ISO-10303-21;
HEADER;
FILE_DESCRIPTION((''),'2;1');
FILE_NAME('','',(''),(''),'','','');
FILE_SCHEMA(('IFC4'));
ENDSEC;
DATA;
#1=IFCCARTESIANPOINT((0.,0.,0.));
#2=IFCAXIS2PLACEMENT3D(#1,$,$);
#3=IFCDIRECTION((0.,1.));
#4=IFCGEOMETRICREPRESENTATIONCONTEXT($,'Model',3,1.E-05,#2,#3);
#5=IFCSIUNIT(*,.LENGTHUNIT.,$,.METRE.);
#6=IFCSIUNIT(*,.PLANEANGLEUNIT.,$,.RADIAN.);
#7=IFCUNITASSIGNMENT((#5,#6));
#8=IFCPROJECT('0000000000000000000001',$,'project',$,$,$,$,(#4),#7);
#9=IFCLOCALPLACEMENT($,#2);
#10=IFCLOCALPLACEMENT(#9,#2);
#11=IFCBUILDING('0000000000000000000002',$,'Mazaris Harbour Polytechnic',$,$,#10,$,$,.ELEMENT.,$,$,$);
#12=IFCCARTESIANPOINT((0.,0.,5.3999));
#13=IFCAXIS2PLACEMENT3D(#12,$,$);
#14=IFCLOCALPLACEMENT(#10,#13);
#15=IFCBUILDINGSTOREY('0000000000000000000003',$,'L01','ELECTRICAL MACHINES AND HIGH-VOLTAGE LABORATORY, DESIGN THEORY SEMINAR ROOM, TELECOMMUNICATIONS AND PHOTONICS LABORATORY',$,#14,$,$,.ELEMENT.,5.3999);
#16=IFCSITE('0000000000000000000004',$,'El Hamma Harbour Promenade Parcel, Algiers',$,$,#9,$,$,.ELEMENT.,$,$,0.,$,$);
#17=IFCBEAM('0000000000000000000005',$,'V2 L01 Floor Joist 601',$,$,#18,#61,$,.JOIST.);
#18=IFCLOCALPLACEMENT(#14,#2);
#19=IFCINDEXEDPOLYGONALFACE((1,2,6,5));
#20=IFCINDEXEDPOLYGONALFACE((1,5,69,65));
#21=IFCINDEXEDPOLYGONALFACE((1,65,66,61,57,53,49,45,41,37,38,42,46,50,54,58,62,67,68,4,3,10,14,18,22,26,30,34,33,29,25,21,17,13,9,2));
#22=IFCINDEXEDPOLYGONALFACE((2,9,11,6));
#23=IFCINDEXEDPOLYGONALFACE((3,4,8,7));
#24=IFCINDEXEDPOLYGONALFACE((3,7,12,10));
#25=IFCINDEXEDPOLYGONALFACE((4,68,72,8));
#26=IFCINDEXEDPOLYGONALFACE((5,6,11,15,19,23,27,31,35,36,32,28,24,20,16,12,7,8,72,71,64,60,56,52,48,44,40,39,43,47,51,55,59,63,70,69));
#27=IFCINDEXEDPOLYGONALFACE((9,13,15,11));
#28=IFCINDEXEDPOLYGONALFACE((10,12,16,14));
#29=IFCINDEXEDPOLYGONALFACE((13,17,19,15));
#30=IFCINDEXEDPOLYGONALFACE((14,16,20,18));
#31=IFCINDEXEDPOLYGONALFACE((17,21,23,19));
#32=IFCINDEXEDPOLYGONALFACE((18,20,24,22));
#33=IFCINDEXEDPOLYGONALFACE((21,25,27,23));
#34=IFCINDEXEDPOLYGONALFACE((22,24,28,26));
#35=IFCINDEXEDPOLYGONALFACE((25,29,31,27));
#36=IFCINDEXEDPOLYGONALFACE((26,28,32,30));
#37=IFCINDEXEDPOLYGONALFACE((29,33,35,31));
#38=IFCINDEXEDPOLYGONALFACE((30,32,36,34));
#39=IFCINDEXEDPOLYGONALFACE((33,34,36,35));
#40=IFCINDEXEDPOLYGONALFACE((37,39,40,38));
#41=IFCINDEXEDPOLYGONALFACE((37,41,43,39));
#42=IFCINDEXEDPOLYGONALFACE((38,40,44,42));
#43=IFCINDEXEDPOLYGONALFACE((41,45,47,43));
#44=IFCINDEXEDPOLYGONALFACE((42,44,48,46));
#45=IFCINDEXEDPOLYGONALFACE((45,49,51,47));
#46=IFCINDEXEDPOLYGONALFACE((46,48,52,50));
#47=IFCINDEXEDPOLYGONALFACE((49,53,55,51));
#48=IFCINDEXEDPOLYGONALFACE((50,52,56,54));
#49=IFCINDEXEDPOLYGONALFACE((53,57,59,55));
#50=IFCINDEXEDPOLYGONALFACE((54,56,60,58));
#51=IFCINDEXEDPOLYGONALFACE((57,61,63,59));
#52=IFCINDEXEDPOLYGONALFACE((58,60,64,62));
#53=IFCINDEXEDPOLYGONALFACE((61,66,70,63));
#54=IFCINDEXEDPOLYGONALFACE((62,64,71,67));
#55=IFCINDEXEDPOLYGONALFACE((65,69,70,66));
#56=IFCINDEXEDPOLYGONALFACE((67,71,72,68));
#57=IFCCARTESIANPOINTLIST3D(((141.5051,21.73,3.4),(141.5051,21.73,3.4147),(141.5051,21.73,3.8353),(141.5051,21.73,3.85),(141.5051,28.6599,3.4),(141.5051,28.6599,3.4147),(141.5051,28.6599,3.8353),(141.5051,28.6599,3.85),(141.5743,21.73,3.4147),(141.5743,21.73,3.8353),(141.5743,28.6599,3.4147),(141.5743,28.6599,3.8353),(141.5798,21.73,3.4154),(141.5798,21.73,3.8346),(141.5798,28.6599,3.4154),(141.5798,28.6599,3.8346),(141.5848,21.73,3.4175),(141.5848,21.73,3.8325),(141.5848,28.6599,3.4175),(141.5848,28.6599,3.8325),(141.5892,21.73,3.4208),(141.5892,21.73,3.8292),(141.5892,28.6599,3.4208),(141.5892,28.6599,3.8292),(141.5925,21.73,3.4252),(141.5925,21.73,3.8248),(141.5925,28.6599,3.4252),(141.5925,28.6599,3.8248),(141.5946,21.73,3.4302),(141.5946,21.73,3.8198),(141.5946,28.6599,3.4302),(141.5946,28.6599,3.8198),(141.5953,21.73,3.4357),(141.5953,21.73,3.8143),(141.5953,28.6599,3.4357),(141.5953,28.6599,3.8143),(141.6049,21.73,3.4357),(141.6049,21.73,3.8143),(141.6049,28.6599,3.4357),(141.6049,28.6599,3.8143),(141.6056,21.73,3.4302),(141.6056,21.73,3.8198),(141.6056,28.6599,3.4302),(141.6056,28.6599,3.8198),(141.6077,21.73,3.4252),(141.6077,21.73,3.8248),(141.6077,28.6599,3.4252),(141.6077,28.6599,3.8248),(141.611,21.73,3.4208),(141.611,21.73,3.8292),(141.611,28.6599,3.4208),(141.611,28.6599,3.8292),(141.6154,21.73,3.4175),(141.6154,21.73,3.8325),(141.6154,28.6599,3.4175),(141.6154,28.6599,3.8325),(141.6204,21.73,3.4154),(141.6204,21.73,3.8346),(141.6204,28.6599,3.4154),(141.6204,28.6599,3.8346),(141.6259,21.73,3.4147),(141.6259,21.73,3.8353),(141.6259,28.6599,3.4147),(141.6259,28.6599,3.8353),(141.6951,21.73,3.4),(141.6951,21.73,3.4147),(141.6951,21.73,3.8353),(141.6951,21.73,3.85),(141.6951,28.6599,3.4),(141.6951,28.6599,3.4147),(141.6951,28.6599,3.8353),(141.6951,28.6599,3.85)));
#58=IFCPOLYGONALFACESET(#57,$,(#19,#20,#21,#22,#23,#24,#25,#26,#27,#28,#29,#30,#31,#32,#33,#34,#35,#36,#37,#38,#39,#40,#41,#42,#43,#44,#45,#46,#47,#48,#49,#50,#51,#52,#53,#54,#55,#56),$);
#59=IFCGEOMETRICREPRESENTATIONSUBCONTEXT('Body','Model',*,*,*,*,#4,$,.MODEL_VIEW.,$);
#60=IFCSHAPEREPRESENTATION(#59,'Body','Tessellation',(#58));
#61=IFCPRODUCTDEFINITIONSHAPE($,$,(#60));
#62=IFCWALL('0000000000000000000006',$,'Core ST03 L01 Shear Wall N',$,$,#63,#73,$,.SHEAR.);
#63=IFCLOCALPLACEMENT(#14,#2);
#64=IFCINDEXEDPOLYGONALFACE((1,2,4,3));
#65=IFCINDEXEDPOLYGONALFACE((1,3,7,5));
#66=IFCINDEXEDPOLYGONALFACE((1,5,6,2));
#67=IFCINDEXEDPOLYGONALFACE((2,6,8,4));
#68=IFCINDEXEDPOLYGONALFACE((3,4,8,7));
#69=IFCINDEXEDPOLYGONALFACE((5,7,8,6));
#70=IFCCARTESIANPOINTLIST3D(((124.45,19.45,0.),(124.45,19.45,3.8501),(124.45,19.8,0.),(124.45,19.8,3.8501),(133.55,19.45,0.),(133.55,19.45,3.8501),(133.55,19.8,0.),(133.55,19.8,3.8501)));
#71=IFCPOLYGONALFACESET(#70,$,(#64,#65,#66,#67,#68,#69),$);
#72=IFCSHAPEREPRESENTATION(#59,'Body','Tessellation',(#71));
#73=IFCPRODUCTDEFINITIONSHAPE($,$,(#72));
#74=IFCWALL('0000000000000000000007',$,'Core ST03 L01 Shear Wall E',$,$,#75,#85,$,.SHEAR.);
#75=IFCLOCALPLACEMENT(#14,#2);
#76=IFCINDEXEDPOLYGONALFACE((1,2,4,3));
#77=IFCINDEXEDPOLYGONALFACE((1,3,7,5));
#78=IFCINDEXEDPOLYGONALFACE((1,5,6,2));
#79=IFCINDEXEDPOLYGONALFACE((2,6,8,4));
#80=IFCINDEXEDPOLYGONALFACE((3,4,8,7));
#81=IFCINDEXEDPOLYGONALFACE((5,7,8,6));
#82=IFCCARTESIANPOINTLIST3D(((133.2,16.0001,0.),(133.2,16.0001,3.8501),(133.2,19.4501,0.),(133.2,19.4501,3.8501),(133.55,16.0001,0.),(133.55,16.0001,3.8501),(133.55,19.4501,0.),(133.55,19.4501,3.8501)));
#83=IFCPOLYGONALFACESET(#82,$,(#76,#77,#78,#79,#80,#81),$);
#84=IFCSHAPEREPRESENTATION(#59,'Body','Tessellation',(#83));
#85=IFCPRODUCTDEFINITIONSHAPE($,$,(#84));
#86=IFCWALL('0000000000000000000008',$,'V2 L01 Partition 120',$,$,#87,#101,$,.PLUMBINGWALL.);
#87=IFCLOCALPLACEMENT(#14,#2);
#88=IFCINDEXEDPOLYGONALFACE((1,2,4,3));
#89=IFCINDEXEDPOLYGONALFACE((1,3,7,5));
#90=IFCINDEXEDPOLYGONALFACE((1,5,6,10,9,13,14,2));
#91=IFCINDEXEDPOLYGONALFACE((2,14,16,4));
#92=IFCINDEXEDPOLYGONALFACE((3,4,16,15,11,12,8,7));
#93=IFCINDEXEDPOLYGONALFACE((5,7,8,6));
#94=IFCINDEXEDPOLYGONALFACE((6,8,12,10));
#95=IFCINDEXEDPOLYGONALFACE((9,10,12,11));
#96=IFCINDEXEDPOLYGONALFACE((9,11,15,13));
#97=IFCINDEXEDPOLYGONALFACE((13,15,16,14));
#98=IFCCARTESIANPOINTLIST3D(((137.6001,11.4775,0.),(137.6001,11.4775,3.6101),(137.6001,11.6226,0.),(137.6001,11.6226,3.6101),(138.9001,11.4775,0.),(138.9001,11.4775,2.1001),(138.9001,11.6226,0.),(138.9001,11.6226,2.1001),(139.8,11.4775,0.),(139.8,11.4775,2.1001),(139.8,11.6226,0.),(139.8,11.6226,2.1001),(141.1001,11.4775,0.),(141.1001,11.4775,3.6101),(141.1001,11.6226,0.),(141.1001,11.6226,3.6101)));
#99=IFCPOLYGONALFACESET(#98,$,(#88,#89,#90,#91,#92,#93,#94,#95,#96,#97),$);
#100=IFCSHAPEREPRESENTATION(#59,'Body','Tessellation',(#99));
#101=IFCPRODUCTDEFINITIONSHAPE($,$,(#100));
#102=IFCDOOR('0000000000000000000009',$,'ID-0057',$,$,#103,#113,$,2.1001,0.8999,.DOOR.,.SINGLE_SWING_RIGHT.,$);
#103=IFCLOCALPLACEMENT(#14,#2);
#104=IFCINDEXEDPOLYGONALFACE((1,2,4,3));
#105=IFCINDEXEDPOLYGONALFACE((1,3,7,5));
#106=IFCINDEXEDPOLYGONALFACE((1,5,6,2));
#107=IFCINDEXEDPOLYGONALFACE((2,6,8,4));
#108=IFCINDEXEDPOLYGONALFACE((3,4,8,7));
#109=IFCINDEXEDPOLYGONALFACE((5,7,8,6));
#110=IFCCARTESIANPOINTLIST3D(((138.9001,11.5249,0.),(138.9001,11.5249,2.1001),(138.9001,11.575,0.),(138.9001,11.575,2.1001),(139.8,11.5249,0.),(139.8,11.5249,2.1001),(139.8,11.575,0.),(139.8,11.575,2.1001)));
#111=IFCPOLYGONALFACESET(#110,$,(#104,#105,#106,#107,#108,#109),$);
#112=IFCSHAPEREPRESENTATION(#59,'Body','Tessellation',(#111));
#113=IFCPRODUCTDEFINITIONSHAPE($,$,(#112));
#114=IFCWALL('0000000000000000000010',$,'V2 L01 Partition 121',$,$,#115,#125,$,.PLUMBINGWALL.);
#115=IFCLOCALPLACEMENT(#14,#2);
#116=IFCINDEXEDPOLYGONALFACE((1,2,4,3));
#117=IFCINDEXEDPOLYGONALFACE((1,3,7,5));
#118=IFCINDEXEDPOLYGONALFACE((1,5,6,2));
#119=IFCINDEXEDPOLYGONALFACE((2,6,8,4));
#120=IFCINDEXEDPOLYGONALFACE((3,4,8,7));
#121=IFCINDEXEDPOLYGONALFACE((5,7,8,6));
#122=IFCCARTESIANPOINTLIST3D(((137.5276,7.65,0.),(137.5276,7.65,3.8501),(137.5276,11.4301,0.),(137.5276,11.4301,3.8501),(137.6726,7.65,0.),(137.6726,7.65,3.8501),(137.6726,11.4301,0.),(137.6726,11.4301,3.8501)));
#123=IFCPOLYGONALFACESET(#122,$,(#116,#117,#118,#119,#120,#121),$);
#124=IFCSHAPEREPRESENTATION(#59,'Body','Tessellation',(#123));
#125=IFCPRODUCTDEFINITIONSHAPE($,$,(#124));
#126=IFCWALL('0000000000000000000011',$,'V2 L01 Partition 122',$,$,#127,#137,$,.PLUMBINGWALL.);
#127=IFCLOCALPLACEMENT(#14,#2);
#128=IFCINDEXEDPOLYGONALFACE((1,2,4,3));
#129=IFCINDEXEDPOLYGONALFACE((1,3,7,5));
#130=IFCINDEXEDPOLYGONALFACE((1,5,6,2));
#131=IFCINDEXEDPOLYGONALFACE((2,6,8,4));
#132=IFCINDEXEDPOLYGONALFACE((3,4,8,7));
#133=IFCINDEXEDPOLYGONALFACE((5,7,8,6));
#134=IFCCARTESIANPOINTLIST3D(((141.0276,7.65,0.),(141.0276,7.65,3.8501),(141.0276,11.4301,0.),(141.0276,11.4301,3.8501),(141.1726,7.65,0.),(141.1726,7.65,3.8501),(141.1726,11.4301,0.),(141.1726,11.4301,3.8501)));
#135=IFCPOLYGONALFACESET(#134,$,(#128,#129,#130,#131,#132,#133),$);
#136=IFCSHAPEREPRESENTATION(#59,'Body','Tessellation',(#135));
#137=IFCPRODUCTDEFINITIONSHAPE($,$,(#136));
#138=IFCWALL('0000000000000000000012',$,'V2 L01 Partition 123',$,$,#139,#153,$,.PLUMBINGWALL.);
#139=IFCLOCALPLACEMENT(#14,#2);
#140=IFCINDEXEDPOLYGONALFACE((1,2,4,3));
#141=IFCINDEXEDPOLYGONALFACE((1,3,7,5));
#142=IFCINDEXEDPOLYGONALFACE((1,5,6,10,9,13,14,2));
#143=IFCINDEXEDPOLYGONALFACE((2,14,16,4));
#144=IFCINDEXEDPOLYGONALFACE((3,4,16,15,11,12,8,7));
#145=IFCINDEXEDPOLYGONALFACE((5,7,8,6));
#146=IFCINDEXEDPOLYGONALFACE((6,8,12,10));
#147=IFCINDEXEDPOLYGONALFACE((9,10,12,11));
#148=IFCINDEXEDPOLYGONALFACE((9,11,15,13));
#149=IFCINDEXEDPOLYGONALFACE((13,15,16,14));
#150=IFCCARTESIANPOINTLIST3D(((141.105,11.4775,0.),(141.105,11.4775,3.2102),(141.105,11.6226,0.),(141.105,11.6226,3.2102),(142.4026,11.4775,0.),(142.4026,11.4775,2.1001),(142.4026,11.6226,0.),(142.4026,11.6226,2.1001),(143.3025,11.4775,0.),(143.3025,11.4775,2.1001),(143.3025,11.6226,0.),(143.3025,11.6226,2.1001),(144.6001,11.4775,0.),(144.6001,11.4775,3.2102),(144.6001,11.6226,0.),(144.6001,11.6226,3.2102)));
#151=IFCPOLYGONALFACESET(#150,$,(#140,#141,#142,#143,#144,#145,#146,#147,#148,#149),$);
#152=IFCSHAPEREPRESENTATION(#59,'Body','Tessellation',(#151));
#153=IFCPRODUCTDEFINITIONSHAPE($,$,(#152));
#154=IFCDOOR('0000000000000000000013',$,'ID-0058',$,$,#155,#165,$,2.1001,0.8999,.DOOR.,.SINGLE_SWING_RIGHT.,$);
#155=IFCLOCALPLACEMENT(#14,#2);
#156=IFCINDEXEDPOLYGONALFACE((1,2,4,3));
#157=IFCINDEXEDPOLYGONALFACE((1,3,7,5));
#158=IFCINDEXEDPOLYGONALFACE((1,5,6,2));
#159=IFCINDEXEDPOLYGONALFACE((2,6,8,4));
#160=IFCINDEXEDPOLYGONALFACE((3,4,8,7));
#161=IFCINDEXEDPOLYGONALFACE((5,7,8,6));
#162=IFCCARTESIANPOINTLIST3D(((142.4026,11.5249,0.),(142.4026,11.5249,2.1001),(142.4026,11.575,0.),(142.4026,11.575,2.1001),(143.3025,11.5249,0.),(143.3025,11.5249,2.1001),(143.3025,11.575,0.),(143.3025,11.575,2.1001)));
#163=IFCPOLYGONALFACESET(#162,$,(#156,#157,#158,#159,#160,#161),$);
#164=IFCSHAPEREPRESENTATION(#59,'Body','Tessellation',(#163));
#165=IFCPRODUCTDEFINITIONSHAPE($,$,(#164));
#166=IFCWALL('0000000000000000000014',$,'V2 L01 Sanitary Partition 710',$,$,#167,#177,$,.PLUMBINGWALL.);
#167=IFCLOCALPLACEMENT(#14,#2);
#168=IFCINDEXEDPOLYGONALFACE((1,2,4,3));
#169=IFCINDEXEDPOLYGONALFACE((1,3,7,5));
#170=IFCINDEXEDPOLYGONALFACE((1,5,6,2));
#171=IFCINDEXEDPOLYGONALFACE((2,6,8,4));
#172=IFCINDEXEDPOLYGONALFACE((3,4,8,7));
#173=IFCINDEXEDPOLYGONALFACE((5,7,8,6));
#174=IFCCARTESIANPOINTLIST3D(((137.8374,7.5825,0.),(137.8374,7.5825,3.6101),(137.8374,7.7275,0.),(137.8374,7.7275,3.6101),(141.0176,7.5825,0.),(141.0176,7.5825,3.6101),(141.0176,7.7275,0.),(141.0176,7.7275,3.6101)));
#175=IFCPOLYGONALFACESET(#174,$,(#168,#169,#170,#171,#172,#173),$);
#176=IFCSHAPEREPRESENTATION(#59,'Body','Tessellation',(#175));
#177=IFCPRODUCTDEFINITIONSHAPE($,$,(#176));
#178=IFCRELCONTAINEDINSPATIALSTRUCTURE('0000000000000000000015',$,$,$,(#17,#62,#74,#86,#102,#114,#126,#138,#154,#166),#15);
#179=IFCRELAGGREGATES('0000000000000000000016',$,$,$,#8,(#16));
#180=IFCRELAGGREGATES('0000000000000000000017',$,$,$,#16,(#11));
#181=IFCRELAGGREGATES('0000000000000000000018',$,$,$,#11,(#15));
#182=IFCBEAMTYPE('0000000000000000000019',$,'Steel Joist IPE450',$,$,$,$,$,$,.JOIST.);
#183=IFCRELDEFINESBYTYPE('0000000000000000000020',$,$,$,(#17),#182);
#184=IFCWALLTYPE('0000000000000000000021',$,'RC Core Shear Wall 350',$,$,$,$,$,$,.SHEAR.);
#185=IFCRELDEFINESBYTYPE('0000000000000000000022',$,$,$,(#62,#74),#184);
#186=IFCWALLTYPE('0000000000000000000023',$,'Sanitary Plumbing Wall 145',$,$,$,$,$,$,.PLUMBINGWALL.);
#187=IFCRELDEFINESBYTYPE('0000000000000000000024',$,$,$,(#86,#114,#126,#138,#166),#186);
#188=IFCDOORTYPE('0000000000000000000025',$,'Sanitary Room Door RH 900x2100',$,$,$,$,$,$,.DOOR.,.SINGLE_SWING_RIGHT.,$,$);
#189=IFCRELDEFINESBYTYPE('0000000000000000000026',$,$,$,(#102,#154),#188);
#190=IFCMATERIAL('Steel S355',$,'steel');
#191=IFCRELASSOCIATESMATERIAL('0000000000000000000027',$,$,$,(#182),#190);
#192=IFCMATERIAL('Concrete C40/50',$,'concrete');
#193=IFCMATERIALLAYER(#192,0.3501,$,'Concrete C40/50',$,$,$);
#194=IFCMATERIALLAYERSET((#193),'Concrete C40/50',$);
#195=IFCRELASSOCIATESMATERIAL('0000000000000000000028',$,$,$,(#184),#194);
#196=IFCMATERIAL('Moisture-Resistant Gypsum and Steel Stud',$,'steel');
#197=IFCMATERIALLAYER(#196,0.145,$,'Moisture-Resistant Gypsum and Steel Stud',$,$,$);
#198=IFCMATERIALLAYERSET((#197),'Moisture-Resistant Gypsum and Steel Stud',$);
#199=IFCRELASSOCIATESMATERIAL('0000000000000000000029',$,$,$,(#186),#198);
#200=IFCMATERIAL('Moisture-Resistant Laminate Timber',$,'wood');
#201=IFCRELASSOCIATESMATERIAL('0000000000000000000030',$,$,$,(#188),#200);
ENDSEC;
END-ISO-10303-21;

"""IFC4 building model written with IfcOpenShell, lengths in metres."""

from ifc_helpers import new_model, si_unit, direction, frame, frame_2d, origin, origin_2d, place, context, subcontext, project, spatial, rectangle, i_section, extrude, material, layer, layer_set, material_profile, profile_set, type_object, element, fill, save


model = new_model("IFC4")

# Units and contexts
model_context = context("Model", 3, precision=1e-05, world=origin(), true_north=direction((0.0, 1.0)))
body_context = subcontext(model_context, "Body", "Model", "MODEL_VIEW")
ifc_project = project(units=[si_unit("LENGTHUNIT", "METRE"), si_unit("PLANEANGLEUNIT", "RADIAN")], contexts=[model_context])

# Site, building, storey
site_placement = place(None, origin())
site = spatial("IfcSite", under=ifc_project, at=site_placement, Name="El Hamma Harbour Promenade Parcel, Algiers", CompositionType="ELEMENT", RefElevation=0.0)
building_placement = place(site_placement, origin())
building = spatial("IfcBuilding", under=site, at=building_placement, Name="Mazaris Harbour Polytechnic", CompositionType="ELEMENT")
storey_placement = place(building_placement, frame((0.0, 0.0, 5.3999)))
storey = spatial("IfcBuildingStorey", under=building, at=storey_placement, Name="L01", Description="ELECTRICAL MACHINES AND HIGH-VOLTAGE LABORATORY, DESIGN THEORY SEMINAR ROOM, TELECOMMUNICATIONS AND PHOTONICS LABORATORY", CompositionType="ELEMENT", Elevation=5.3999)

# Beam
ifc_material_1 = material(Name="Steel S355", Category="steel")
ifc_material_profile_1 = material_profile(ifc_material_1, i_section(OverallWidth=0.1899, OverallDepth=0.45, WebThickness=0.0095, FlangeThickness=0.0146, FilletRadius=0.021, at=origin_2d()), Name="IPE 450")
ifc_profile_set_1 = profile_set([ifc_material_profile_1], Name="Steel S355")
beam_type_1 = type_object("IfcBeamType", Name="Steel Joist IPE450", PredefinedType="JOIST", material=ifc_profile_set_1)
beam_1_placement = place(storey_placement, frame((141.6001, 21.73, 3.625), z_axis=(0.0, 1.0, 0.0), x_axis=(-1.0, 0.0, 0.0)))
element("IfcBeam", 1, at=beam_1_placement, inside=storey, type_object=beam_type_1, Name="V2 L01 Floor Joist 601", PredefinedType="JOIST", context=body_context, shape_type="SweptSolid", body=[
    extrude(i_section(OverallWidth=0.1899, OverallDepth=0.45, WebThickness=0.0095, FlangeThickness=0.0146, FilletRadius=0.021, at=origin_2d()), origin(), (0.0, 0.0, 1.0), 6.9299),
])

# Walls
ifc_material_2 = material(Name="Concrete C40/50", Category="concrete")
ifc_layer_1 = layer(ifc_material_2, 0.3501, Name="Concrete C40/50")
ifc_layer_set_1 = layer_set([ifc_layer_1], Name="Concrete C40/50")
wall_type_1 = type_object("IfcWallType", Name="RC Core Shear Wall 350", PredefinedType="SHEAR", material=ifc_layer_set_1)
wall_1_placement = place(storey_placement, frame((133.55, 19.625, 0.0), z_axis=(0.0, 0.0, 1.0), x_axis=(-1.0, 0.0, 0.0)))
element("IfcWall", 2, at=wall_1_placement, inside=storey, type_object=wall_type_1, Name="Core ST03 L01 Shear Wall N", PredefinedType="SHEAR", context=body_context, shape_type="SweptSolid", body=[
    extrude(rectangle(XDim=9.1001, YDim=0.3501, at=frame_2d((4.55, 0.0))), origin(), (0.0, 0.0, 1.0), 3.8501),
])
wall_2_placement = place(storey_placement, frame((133.375, 16.0, 0.0), z_axis=(0.0, 0.0, 1.0), x_axis=(0.0, 1.0, 0.0)))
element("IfcWall", 3, at=wall_2_placement, inside=storey, type_object=wall_type_1, Name="Core ST03 L01 Shear Wall E", PredefinedType="SHEAR", context=body_context, shape_type="SweptSolid", body=[
    extrude(rectangle(XDim=3.45, YDim=0.3501, at=frame_2d((1.7251, 0.0))), origin(), (0.0, 0.0, 1.0), 3.8501),
])

# Wall, opening, door
ifc_material_3 = material(Name="Moisture-Resistant Gypsum and Steel Stud", Category="steel")
ifc_layer_2 = layer(ifc_material_3, 0.145, Name="Moisture-Resistant Gypsum and Steel Stud")
ifc_layer_set_2 = layer_set([ifc_layer_2], Name="Moisture-Resistant Gypsum and Steel Stud")
wall_type_2 = type_object("IfcWallType", Name="Sanitary Plumbing Wall 145", PredefinedType="PLUMBINGWALL", material=ifc_layer_set_2)
wall_3_placement = place(storey_placement, frame((137.6001, 11.55, 0.0), z_axis=(0.0, 0.0, 1.0), x_axis=(1.0, 0.0, 0.0)))
wall_3 = element("IfcWall", 4, at=wall_3_placement, inside=storey, type_object=wall_type_2, Name="V2 L01 Partition 120", PredefinedType="PLUMBINGWALL", context=body_context, shape_type="SweptSolid", body=[
    extrude(rectangle(XDim=3.5, YDim=0.145, at=frame_2d((1.75, 0.0))), origin(), (0.0, 0.0, 1.0), 3.6101),
])
opening_1_placement = place(wall_3_placement, frame((1.3, 0.0, 0.0)))
opening_1 = element("IfcOpeningElement", 5, at=opening_1_placement, cuts=wall_3, PredefinedType="OPENING", context=body_context, shape_type="SweptSolid", body=[
    extrude(rectangle(XDim=0.8999, YDim=2.1001, at=frame_2d((0.45, 1.05))), frame((0.0, 0.0825, 0.0), z_axis=(0.0, -1.0, 0.0), x_axis=(1.0, 0.0, 0.0)), (0.0, 0.0, 1.0), 0.165),
])
ifc_material_4 = material(Name="Moisture-Resistant Laminate Timber", Category="wood")
door_type = type_object("IfcDoorType", Name="Sanitary Room Door RH 900x2100", OperationType="SINGLE_SWING_RIGHT", PredefinedType="DOOR", material=ifc_material_4)
door_1_placement = place(opening_1_placement, origin())
door_1 = element("IfcDoor", 6, at=door_1_placement, inside=storey, type_object=door_type, Name="ID-0057", OperationType="SINGLE_SWING_RIGHT", OverallHeight=2.1001, OverallWidth=0.8999, PredefinedType="DOOR", context=body_context, shape_type="SweptSolid", body=[
    extrude(rectangle(XDim=0.8999, YDim=2.1001, at=frame_2d((0.45, 1.05))), frame((0.0, 0.0249, 0.0), z_axis=(0.0, -1.0, 0.0), x_axis=(1.0, 0.0, 0.0)), (0.0, 0.0, 1.0), 0.05),
])
fill(opening_1, door_1)

# Walls
for number, where, z_axis, x_axis, name in (
    (7, (137.6001, 7.6499, 0.0), (0.0, 0.0, 1.0), (0.0, 1.0, 0.0), "V2 L01 Partition 121"),
    (8, (141.1001, 7.6499, 0.0), (0.0, 0.0, 1.0), (0.0, 1.0, 0.0), "V2 L01 Partition 122"),
):
    element("IfcWall", number, at=place(storey_placement, frame(where, z_axis=z_axis, x_axis=x_axis)), inside=storey, type_object=wall_type_2, Name=name, PredefinedType="PLUMBINGWALL", context=body_context, shape_type="SweptSolid", body=[
        extrude(rectangle(XDim=3.78, YDim=0.145, at=frame_2d((1.8901, 0.0))), origin(), (0.0, 0.0, 1.0), 3.8501),
    ])

# Wall, opening, door
wall_4_placement = place(storey_placement, frame((141.105, 11.55, 0.0), z_axis=(0.0, 0.0, 1.0), x_axis=(1.0, 0.0, 0.0)))
wall_4 = element("IfcWall", 9, at=wall_4_placement, inside=storey, type_object=wall_type_2, Name="V2 L01 Partition 123", PredefinedType="PLUMBINGWALL", context=body_context, shape_type="SweptSolid", body=[
    extrude(rectangle(XDim=3.4951, YDim=0.145, at=frame_2d((1.7476, 0.0))), origin(), (0.0, 0.0, 1.0), 3.2102),
])
opening_2_placement = place(wall_4_placement, frame((1.2976, 0.0, 0.0)))
opening_2 = element("IfcOpeningElement", 10, at=opening_2_placement, cuts=wall_4, PredefinedType="OPENING", context=body_context, shape_type="SweptSolid", body=[
    extrude(rectangle(XDim=0.8999, YDim=2.1001, at=frame_2d((0.45, 1.05))), frame((0.0, 0.0825, 0.0), z_axis=(0.0, -1.0, 0.0), x_axis=(1.0, 0.0, 0.0)), (0.0, 0.0, 1.0), 0.165),
])
door_2_placement = place(opening_2_placement, origin())
door_2 = element("IfcDoor", 11, at=door_2_placement, inside=storey, type_object=door_type, Name="ID-0058", OperationType="SINGLE_SWING_RIGHT", OverallHeight=2.1001, OverallWidth=0.8999, PredefinedType="DOOR", context=body_context, shape_type="SweptSolid", body=[
    extrude(rectangle(XDim=0.8999, YDim=2.1001, at=frame_2d((0.45, 1.05))), frame((0.0, 0.0249, 0.0), z_axis=(0.0, -1.0, 0.0), x_axis=(1.0, 0.0, 0.0)), (0.0, 0.0, 1.0), 0.05),
])
fill(opening_2, door_2)

# Wall
wall_5_placement = place(storey_placement, frame((137.8374, 7.655, 0.0), z_axis=(0.0, 0.0, 1.0), x_axis=(1.0, 0.0, 0.0)))
element("IfcWall", 12, at=wall_5_placement, inside=storey, type_object=wall_type_2, Name="V2 L01 Sanitary Partition 710", PredefinedType="PLUMBINGWALL", context=body_context, shape_type="SweptSolid", body=[
    extrude(rectangle(XDim=3.1802, YDim=0.145, at=frame_2d((1.5901, 0.0))), origin(), (0.0, 0.0, 1.0), 3.6101),
])

save(model, "model.ifc")
